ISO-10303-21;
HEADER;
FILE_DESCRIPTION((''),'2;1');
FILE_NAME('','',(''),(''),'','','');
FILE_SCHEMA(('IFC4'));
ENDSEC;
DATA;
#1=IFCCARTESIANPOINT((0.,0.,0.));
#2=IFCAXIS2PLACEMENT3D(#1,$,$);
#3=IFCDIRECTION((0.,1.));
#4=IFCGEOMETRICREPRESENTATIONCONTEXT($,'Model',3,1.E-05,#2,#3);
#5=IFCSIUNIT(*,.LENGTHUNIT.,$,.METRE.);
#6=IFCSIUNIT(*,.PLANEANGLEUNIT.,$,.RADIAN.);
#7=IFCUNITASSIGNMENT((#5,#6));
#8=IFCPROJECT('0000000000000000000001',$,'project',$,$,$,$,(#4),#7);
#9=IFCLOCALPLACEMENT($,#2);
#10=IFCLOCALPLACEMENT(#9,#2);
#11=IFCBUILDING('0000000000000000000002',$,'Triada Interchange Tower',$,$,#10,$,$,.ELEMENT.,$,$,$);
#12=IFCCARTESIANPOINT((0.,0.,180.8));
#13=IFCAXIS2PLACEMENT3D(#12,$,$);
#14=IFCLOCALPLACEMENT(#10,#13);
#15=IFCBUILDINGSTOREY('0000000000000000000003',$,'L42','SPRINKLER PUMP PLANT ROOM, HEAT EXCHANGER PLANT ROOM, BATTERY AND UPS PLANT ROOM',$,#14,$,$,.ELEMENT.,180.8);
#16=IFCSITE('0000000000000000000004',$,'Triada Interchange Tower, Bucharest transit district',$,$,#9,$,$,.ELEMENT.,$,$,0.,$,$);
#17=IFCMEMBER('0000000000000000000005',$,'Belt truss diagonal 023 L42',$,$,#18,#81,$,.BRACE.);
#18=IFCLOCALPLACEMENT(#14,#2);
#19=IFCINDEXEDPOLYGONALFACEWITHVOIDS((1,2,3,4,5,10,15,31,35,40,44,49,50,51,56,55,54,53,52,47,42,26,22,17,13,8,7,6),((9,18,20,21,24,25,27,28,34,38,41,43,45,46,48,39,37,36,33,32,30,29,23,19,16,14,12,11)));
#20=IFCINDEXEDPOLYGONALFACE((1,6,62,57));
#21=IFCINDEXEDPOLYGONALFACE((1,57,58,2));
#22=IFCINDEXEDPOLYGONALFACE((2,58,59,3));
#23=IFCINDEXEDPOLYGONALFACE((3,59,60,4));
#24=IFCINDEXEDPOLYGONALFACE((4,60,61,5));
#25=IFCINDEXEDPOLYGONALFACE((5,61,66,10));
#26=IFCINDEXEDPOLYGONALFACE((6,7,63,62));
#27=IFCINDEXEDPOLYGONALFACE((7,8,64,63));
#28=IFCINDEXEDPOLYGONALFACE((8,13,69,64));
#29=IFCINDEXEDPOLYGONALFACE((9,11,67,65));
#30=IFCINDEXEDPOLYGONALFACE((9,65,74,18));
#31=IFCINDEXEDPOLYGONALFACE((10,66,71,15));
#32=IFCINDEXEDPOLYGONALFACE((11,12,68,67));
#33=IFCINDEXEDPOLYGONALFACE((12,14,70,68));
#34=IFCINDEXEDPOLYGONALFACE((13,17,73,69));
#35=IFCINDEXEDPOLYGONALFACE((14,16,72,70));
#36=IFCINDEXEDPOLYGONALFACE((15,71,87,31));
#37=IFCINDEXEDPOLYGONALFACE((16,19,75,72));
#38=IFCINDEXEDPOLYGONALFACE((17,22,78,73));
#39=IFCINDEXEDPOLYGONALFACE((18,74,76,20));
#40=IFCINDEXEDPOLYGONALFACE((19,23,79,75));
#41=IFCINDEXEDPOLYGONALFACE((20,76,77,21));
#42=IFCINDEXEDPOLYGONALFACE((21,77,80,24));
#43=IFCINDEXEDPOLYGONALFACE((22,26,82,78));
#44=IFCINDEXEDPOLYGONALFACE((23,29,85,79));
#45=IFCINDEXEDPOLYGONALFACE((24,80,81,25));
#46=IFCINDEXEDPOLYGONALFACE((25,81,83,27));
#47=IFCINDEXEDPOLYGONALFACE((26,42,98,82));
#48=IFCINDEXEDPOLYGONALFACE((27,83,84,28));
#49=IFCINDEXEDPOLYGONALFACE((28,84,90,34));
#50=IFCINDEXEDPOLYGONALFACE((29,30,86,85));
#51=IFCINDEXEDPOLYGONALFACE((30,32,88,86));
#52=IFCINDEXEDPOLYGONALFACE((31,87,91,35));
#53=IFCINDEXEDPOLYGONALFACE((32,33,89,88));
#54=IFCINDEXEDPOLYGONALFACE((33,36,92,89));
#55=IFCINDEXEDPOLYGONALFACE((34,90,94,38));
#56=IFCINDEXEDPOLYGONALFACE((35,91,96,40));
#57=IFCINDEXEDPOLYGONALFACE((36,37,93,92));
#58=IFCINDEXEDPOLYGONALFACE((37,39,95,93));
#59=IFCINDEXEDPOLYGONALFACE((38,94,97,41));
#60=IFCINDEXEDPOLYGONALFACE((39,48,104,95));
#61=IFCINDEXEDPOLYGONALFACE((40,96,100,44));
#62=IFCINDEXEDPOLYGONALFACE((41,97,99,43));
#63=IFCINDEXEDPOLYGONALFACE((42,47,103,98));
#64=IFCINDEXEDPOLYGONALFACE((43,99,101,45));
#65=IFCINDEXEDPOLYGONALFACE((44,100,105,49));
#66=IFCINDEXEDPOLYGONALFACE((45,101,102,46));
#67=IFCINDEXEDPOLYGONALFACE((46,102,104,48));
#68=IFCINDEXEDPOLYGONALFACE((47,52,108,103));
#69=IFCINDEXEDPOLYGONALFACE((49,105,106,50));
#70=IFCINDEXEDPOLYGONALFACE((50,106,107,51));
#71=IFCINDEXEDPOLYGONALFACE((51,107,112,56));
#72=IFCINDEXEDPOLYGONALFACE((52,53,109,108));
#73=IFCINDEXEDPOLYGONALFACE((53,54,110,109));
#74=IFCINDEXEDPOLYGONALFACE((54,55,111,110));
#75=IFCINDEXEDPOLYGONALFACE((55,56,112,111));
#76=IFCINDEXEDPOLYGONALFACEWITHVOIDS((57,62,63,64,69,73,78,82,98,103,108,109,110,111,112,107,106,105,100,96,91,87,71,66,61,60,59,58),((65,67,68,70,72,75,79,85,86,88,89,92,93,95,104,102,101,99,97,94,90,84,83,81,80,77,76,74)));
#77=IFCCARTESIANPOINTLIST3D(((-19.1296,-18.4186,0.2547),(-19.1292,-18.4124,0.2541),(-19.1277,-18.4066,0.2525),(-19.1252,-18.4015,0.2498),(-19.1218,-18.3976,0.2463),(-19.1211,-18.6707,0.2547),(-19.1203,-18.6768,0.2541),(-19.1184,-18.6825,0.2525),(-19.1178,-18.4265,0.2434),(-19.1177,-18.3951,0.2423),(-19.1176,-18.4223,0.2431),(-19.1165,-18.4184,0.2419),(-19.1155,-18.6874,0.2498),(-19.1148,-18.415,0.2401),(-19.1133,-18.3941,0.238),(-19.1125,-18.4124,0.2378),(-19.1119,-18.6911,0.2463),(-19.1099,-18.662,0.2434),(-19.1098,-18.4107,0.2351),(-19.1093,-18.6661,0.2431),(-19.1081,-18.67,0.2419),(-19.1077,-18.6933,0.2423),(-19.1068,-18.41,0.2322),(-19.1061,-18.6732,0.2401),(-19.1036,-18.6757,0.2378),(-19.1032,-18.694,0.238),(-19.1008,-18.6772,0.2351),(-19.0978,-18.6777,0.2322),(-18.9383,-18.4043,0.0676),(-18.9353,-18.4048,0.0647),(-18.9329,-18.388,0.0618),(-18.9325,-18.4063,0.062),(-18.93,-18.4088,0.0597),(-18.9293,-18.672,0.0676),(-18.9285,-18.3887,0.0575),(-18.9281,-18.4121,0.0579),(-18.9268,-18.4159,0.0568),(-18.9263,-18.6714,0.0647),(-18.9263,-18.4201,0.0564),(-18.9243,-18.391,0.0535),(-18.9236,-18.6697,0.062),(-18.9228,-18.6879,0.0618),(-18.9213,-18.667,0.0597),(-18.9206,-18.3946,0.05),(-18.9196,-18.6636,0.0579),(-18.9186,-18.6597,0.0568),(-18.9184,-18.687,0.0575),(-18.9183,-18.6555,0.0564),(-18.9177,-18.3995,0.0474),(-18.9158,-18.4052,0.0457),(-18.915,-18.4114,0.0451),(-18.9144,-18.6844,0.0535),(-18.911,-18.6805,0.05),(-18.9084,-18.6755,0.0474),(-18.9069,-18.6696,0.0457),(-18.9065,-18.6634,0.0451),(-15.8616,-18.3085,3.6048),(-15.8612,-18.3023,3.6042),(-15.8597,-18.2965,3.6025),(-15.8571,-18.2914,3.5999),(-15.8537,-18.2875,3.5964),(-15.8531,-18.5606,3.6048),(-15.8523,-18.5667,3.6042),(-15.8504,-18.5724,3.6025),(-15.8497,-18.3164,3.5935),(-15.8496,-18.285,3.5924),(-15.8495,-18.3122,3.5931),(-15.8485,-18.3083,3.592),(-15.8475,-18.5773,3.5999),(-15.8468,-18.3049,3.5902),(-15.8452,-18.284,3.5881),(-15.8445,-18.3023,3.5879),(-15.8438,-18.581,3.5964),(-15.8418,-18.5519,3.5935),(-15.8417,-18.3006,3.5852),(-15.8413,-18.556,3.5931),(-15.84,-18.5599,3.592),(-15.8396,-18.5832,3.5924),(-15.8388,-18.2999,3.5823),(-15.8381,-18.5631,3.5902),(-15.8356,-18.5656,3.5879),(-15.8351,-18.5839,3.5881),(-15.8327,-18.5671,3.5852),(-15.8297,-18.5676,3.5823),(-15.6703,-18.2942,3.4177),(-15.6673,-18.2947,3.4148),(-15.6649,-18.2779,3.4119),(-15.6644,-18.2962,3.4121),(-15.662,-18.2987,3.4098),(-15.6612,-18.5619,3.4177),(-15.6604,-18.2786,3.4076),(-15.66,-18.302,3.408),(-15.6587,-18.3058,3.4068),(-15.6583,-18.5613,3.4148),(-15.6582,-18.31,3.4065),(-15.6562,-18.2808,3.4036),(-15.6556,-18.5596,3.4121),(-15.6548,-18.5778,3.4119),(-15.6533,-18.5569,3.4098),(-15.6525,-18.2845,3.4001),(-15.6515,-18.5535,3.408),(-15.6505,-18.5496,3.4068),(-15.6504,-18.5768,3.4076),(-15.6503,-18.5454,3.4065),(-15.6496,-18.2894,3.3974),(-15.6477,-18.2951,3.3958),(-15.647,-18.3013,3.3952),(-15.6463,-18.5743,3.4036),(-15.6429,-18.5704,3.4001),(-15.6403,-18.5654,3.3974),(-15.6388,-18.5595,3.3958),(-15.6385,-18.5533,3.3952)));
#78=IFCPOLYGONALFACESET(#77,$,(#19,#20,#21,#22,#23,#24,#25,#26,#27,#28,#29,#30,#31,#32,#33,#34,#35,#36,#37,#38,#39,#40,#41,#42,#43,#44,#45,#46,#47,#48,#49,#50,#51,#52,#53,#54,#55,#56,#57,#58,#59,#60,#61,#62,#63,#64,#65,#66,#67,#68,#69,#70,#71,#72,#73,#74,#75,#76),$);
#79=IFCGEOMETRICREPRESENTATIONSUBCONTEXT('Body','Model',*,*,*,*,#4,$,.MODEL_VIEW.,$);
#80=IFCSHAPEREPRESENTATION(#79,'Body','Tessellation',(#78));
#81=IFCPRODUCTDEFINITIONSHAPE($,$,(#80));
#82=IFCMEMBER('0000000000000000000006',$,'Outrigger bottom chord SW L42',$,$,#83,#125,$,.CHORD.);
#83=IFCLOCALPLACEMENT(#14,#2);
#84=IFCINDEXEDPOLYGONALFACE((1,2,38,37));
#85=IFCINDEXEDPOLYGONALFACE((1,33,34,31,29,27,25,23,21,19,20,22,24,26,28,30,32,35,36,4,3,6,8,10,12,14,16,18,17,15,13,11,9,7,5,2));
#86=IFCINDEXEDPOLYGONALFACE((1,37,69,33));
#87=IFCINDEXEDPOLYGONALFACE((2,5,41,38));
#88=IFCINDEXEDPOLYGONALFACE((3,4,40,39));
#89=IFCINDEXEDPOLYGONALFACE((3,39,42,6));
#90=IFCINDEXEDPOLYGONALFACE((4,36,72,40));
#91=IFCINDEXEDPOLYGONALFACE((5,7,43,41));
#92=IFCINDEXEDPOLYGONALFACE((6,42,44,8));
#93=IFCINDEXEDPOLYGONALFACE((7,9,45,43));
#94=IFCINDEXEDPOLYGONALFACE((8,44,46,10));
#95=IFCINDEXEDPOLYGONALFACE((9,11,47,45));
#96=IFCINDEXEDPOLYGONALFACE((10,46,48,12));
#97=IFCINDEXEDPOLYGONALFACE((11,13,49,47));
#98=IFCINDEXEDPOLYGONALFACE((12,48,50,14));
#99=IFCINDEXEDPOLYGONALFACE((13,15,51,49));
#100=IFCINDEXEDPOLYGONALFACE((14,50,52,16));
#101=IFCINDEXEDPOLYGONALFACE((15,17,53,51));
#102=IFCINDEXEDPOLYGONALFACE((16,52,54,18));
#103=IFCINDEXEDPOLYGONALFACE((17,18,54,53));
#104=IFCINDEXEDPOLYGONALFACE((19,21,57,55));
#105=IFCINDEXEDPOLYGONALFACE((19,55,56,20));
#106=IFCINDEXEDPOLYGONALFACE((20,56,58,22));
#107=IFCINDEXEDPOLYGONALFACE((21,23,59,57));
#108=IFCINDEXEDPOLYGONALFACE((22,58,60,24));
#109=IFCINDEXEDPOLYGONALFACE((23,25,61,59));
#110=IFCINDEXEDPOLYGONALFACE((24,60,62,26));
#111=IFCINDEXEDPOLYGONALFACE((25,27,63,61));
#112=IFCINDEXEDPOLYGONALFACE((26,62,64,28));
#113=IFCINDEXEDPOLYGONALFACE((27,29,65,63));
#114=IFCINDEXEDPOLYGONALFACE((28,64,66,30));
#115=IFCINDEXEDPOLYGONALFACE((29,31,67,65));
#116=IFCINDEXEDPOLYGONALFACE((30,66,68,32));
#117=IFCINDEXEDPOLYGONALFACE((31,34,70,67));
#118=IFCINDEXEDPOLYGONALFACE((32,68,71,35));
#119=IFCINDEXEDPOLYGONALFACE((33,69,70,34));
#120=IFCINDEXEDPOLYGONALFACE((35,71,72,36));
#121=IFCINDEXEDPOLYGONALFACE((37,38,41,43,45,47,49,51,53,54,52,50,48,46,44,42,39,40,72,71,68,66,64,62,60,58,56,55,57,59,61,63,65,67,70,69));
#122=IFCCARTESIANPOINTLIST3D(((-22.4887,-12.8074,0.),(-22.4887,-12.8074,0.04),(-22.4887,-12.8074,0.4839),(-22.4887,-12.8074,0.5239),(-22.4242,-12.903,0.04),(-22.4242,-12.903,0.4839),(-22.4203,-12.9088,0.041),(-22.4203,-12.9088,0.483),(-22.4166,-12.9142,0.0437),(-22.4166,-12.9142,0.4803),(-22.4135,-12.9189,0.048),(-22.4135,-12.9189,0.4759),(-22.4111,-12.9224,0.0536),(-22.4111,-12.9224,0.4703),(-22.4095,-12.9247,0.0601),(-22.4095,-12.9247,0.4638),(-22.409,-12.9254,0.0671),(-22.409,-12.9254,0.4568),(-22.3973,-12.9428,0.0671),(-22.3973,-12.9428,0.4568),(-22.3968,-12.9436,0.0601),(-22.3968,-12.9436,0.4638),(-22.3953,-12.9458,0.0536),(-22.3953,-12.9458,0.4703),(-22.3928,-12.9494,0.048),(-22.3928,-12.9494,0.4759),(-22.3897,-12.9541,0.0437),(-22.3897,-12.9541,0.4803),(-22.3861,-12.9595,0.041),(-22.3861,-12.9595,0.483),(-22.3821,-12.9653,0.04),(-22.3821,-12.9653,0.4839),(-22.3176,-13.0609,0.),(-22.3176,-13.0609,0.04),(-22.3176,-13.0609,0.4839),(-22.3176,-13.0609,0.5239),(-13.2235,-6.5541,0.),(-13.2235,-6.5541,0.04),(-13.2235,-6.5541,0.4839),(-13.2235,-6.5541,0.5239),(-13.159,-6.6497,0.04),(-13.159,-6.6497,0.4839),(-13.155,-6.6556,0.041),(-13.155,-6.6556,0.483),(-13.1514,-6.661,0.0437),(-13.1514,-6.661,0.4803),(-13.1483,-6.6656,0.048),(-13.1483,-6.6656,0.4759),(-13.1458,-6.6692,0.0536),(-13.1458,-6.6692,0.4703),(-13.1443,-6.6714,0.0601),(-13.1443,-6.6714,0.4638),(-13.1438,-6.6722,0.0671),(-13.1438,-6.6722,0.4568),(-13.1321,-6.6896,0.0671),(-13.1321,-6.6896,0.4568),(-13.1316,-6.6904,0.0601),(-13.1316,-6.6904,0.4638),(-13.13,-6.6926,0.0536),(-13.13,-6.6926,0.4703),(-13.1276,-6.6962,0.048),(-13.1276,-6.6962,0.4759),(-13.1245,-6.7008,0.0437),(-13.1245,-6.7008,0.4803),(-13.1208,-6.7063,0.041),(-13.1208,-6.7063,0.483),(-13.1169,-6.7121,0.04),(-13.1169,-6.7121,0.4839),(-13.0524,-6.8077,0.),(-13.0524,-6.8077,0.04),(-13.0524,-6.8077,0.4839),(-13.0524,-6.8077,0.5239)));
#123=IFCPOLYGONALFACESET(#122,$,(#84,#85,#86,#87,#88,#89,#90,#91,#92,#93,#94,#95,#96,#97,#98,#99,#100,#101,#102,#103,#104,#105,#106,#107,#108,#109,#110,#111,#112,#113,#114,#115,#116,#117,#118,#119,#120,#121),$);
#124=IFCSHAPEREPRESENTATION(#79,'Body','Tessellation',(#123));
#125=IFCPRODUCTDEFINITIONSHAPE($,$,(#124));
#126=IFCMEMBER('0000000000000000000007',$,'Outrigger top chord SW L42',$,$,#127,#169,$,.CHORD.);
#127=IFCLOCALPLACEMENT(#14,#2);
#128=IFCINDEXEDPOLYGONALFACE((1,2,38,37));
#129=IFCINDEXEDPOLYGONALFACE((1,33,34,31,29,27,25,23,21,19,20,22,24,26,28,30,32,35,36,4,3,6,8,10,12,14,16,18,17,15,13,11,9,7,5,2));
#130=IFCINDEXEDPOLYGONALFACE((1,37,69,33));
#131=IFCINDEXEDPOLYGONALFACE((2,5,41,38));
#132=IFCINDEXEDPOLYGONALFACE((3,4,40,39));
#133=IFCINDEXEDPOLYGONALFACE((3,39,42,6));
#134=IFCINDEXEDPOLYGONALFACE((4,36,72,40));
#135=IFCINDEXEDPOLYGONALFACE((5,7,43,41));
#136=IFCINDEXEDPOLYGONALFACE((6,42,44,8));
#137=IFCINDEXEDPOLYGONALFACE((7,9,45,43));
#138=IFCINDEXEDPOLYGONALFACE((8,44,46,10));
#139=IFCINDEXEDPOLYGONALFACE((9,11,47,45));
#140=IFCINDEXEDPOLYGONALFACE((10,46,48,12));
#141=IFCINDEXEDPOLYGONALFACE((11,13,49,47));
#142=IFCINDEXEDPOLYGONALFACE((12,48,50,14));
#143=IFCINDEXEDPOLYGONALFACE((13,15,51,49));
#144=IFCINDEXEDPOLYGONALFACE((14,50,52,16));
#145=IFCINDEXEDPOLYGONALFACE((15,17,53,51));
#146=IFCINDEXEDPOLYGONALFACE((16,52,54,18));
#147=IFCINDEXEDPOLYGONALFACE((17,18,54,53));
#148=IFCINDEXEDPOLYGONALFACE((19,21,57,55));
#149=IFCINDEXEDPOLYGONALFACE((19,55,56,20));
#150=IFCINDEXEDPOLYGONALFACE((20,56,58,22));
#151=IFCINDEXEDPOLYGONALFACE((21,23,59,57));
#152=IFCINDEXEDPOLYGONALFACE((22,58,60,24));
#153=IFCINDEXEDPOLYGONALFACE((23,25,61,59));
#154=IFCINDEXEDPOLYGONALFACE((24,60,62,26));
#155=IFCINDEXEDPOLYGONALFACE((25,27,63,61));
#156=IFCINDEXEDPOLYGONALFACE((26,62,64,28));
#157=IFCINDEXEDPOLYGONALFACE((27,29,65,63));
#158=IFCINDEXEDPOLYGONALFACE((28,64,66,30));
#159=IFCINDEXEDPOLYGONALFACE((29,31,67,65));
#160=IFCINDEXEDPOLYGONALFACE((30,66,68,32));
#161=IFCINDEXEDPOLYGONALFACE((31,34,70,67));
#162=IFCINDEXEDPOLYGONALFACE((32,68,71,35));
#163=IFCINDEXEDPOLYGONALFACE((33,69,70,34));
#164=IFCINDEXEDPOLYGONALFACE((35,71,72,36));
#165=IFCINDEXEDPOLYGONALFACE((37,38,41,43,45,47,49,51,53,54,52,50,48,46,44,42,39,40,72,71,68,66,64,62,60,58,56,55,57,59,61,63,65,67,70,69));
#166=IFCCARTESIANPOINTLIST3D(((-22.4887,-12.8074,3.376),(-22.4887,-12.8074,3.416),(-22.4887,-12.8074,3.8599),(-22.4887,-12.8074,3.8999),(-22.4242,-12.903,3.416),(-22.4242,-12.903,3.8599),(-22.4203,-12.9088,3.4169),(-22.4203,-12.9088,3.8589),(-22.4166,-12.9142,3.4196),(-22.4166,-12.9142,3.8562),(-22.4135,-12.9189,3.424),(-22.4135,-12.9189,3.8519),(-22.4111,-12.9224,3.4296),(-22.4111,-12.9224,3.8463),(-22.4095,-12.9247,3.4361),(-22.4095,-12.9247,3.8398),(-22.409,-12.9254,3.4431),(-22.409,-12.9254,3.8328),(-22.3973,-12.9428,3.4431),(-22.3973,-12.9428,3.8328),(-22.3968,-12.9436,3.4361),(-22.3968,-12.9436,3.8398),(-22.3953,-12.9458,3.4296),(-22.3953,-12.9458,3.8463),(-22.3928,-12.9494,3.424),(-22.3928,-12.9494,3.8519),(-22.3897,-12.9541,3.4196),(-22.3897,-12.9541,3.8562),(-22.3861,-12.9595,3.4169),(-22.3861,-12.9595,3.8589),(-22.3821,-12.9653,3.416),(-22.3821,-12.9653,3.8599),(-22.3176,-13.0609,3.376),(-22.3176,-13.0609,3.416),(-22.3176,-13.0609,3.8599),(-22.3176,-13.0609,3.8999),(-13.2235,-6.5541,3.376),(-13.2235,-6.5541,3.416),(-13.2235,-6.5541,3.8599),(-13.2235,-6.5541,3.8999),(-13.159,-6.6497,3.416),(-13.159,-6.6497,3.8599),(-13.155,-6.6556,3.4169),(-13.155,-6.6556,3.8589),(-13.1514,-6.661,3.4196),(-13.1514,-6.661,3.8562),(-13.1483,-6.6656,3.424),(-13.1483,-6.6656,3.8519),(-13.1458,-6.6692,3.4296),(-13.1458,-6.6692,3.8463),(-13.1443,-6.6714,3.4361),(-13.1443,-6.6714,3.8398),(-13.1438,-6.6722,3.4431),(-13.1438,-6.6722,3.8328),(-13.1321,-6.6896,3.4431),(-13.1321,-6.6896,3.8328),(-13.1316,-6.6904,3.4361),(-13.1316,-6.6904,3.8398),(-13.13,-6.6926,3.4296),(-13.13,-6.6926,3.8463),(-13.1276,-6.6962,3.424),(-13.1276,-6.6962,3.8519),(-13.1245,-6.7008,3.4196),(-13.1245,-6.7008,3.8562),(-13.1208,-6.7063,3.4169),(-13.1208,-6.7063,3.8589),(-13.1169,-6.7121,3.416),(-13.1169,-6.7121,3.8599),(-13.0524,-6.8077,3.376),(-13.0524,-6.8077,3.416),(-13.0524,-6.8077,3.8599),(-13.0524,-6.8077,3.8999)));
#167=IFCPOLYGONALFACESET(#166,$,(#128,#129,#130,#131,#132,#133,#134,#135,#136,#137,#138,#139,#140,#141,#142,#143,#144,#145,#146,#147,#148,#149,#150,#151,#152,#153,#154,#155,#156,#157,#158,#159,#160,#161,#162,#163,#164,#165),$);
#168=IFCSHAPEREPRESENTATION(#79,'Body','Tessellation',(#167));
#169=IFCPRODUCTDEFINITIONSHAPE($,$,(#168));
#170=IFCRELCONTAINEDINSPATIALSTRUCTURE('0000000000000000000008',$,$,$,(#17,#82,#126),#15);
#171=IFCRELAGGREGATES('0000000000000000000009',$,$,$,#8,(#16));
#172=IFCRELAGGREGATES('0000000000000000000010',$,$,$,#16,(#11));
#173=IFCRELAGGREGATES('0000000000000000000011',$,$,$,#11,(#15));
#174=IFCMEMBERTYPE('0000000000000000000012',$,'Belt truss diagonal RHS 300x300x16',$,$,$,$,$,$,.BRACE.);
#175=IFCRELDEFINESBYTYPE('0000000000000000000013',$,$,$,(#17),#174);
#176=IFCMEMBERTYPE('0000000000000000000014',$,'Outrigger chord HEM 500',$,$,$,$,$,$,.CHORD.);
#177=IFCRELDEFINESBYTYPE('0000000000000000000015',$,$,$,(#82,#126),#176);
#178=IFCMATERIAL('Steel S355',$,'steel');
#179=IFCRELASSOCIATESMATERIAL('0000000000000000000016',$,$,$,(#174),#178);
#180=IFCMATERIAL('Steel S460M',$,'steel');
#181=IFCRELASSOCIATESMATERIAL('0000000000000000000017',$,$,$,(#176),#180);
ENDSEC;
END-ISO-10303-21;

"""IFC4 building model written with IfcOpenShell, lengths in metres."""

from ifc_helpers import new_model, si_unit, direction, frame, origin, origin_2d, place, context, subcontext, project, spatial, hollow_rectangle, i_section, extrude, material, material_profile, profile_set, type_object, element, save


model = new_model("IFC4")

# Units and contexts
model_context = context("Model", 3, precision=1e-05, world=origin(), true_north=direction((0.0, 1.0)))
body_context = subcontext(model_context, "Body", "Model", "MODEL_VIEW")
ifc_project = project(units=[si_unit("LENGTHUNIT", "METRE"), si_unit("PLANEANGLEUNIT", "RADIAN")], contexts=[model_context])

# Site, building, storey
site_placement = place(None, origin())
site = spatial("IfcSite", under=ifc_project, at=site_placement, Name="Triada Interchange Tower, Bucharest transit district", CompositionType="ELEMENT", RefElevation=0.0)
building_placement = place(site_placement, origin())
building = spatial("IfcBuilding", under=site, at=building_placement, Name="Triada Interchange Tower", CompositionType="ELEMENT")
storey_placement = place(building_placement, frame((0.0, 0.0, 180.8)))
storey = spatial("IfcBuildingStorey", under=building, at=storey_placement, Name="L42", Description="SPRINKLER PUMP PLANT ROOM, HEAT EXCHANGER PLANT ROOM, BATTERY AND UPS PLANT ROOM", CompositionType="ELEMENT", Elevation=180.8)

# Members
ifc_material_1 = material(Name="Steel S355", Category="steel")
ifc_material_profile_1 = material_profile(ifc_material_1, hollow_rectangle(XDim=0.3, YDim=0.3, WallThickness=0.0161, InnerFilletRadius=0.0161, OuterFilletRadius=0.0239, at=origin_2d()), Name="RHS 300x300x16")
ifc_profile_set_1 = profile_set([ifc_material_profile_1], Name="Steel S355")
member_type_1 = type_object("IfcMemberType", Name="Belt truss diagonal RHS 300x300x16", PredefinedType="BRACE", material=ifc_profile_set_1)
member_1_placement = place(storey_placement, frame((-19.0181, -18.541, 0.1499), z_axis=(0.698095, 0.02352, 0.715618), x_axis=(-0.033673, 0.999433, 0.0)))
element("IfcMember", 1, at=member_1_placement, inside=storey, type_object=member_type_1, Name="Belt truss diagonal 023 L42", PredefinedType="BRACE", context=body_context, shape_type="SweptSolid", body=[
    extrude(hollow_rectangle(XDim=0.3, YDim=0.3, WallThickness=0.0161, InnerFilletRadius=0.0161, OuterFilletRadius=0.0239, at=origin_2d()), origin(), (0.0, 0.0, 1.0), 4.6814),
])
ifc_material_2 = material(Name="Steel S460M", Category="steel")
ifc_material_profile_2 = material_profile(ifc_material_2, i_section(OverallWidth=0.3059, OverallDepth=0.5239, WebThickness=0.021, FlangeThickness=0.04, FilletRadius=0.0271, at=origin_2d()), Name="HEM 500")
ifc_profile_set_2 = profile_set([ifc_material_profile_2], Name="Steel S460M")
member_type_2 = type_object("IfcMemberType", Name="Outrigger chord HEM 500", PredefinedType="CHORD", material=ifc_profile_set_2)
for number, where, z_axis, x_axis, name in (
    (2, (-13.1379, -6.6809, 0.262), (-0.828882, -0.559424, 0.0), (0.559424, -0.828882, 0.0), "Outrigger bottom chord SW L42"),
    (3, (-13.1379, -6.6809, 3.6379), (-0.828882, -0.559424, 0.0), (0.559424, -0.828882, 0.0), "Outrigger top chord SW L42"),
):
    element("IfcMember", number, at=place(storey_placement, frame(where, z_axis=z_axis, x_axis=x_axis)), inside=storey, type_object=member_type_2, Name=name, PredefinedType="CHORD", context=body_context, shape_type="SweptSolid", body=[
        extrude(i_section(OverallWidth=0.3059, OverallDepth=0.5239, WebThickness=0.021, FlangeThickness=0.04, FilletRadius=0.0271, at=origin_2d()), origin(), (0.0, 0.0, 1.0), 11.178),
    ])

save(model, "model.ifc")
